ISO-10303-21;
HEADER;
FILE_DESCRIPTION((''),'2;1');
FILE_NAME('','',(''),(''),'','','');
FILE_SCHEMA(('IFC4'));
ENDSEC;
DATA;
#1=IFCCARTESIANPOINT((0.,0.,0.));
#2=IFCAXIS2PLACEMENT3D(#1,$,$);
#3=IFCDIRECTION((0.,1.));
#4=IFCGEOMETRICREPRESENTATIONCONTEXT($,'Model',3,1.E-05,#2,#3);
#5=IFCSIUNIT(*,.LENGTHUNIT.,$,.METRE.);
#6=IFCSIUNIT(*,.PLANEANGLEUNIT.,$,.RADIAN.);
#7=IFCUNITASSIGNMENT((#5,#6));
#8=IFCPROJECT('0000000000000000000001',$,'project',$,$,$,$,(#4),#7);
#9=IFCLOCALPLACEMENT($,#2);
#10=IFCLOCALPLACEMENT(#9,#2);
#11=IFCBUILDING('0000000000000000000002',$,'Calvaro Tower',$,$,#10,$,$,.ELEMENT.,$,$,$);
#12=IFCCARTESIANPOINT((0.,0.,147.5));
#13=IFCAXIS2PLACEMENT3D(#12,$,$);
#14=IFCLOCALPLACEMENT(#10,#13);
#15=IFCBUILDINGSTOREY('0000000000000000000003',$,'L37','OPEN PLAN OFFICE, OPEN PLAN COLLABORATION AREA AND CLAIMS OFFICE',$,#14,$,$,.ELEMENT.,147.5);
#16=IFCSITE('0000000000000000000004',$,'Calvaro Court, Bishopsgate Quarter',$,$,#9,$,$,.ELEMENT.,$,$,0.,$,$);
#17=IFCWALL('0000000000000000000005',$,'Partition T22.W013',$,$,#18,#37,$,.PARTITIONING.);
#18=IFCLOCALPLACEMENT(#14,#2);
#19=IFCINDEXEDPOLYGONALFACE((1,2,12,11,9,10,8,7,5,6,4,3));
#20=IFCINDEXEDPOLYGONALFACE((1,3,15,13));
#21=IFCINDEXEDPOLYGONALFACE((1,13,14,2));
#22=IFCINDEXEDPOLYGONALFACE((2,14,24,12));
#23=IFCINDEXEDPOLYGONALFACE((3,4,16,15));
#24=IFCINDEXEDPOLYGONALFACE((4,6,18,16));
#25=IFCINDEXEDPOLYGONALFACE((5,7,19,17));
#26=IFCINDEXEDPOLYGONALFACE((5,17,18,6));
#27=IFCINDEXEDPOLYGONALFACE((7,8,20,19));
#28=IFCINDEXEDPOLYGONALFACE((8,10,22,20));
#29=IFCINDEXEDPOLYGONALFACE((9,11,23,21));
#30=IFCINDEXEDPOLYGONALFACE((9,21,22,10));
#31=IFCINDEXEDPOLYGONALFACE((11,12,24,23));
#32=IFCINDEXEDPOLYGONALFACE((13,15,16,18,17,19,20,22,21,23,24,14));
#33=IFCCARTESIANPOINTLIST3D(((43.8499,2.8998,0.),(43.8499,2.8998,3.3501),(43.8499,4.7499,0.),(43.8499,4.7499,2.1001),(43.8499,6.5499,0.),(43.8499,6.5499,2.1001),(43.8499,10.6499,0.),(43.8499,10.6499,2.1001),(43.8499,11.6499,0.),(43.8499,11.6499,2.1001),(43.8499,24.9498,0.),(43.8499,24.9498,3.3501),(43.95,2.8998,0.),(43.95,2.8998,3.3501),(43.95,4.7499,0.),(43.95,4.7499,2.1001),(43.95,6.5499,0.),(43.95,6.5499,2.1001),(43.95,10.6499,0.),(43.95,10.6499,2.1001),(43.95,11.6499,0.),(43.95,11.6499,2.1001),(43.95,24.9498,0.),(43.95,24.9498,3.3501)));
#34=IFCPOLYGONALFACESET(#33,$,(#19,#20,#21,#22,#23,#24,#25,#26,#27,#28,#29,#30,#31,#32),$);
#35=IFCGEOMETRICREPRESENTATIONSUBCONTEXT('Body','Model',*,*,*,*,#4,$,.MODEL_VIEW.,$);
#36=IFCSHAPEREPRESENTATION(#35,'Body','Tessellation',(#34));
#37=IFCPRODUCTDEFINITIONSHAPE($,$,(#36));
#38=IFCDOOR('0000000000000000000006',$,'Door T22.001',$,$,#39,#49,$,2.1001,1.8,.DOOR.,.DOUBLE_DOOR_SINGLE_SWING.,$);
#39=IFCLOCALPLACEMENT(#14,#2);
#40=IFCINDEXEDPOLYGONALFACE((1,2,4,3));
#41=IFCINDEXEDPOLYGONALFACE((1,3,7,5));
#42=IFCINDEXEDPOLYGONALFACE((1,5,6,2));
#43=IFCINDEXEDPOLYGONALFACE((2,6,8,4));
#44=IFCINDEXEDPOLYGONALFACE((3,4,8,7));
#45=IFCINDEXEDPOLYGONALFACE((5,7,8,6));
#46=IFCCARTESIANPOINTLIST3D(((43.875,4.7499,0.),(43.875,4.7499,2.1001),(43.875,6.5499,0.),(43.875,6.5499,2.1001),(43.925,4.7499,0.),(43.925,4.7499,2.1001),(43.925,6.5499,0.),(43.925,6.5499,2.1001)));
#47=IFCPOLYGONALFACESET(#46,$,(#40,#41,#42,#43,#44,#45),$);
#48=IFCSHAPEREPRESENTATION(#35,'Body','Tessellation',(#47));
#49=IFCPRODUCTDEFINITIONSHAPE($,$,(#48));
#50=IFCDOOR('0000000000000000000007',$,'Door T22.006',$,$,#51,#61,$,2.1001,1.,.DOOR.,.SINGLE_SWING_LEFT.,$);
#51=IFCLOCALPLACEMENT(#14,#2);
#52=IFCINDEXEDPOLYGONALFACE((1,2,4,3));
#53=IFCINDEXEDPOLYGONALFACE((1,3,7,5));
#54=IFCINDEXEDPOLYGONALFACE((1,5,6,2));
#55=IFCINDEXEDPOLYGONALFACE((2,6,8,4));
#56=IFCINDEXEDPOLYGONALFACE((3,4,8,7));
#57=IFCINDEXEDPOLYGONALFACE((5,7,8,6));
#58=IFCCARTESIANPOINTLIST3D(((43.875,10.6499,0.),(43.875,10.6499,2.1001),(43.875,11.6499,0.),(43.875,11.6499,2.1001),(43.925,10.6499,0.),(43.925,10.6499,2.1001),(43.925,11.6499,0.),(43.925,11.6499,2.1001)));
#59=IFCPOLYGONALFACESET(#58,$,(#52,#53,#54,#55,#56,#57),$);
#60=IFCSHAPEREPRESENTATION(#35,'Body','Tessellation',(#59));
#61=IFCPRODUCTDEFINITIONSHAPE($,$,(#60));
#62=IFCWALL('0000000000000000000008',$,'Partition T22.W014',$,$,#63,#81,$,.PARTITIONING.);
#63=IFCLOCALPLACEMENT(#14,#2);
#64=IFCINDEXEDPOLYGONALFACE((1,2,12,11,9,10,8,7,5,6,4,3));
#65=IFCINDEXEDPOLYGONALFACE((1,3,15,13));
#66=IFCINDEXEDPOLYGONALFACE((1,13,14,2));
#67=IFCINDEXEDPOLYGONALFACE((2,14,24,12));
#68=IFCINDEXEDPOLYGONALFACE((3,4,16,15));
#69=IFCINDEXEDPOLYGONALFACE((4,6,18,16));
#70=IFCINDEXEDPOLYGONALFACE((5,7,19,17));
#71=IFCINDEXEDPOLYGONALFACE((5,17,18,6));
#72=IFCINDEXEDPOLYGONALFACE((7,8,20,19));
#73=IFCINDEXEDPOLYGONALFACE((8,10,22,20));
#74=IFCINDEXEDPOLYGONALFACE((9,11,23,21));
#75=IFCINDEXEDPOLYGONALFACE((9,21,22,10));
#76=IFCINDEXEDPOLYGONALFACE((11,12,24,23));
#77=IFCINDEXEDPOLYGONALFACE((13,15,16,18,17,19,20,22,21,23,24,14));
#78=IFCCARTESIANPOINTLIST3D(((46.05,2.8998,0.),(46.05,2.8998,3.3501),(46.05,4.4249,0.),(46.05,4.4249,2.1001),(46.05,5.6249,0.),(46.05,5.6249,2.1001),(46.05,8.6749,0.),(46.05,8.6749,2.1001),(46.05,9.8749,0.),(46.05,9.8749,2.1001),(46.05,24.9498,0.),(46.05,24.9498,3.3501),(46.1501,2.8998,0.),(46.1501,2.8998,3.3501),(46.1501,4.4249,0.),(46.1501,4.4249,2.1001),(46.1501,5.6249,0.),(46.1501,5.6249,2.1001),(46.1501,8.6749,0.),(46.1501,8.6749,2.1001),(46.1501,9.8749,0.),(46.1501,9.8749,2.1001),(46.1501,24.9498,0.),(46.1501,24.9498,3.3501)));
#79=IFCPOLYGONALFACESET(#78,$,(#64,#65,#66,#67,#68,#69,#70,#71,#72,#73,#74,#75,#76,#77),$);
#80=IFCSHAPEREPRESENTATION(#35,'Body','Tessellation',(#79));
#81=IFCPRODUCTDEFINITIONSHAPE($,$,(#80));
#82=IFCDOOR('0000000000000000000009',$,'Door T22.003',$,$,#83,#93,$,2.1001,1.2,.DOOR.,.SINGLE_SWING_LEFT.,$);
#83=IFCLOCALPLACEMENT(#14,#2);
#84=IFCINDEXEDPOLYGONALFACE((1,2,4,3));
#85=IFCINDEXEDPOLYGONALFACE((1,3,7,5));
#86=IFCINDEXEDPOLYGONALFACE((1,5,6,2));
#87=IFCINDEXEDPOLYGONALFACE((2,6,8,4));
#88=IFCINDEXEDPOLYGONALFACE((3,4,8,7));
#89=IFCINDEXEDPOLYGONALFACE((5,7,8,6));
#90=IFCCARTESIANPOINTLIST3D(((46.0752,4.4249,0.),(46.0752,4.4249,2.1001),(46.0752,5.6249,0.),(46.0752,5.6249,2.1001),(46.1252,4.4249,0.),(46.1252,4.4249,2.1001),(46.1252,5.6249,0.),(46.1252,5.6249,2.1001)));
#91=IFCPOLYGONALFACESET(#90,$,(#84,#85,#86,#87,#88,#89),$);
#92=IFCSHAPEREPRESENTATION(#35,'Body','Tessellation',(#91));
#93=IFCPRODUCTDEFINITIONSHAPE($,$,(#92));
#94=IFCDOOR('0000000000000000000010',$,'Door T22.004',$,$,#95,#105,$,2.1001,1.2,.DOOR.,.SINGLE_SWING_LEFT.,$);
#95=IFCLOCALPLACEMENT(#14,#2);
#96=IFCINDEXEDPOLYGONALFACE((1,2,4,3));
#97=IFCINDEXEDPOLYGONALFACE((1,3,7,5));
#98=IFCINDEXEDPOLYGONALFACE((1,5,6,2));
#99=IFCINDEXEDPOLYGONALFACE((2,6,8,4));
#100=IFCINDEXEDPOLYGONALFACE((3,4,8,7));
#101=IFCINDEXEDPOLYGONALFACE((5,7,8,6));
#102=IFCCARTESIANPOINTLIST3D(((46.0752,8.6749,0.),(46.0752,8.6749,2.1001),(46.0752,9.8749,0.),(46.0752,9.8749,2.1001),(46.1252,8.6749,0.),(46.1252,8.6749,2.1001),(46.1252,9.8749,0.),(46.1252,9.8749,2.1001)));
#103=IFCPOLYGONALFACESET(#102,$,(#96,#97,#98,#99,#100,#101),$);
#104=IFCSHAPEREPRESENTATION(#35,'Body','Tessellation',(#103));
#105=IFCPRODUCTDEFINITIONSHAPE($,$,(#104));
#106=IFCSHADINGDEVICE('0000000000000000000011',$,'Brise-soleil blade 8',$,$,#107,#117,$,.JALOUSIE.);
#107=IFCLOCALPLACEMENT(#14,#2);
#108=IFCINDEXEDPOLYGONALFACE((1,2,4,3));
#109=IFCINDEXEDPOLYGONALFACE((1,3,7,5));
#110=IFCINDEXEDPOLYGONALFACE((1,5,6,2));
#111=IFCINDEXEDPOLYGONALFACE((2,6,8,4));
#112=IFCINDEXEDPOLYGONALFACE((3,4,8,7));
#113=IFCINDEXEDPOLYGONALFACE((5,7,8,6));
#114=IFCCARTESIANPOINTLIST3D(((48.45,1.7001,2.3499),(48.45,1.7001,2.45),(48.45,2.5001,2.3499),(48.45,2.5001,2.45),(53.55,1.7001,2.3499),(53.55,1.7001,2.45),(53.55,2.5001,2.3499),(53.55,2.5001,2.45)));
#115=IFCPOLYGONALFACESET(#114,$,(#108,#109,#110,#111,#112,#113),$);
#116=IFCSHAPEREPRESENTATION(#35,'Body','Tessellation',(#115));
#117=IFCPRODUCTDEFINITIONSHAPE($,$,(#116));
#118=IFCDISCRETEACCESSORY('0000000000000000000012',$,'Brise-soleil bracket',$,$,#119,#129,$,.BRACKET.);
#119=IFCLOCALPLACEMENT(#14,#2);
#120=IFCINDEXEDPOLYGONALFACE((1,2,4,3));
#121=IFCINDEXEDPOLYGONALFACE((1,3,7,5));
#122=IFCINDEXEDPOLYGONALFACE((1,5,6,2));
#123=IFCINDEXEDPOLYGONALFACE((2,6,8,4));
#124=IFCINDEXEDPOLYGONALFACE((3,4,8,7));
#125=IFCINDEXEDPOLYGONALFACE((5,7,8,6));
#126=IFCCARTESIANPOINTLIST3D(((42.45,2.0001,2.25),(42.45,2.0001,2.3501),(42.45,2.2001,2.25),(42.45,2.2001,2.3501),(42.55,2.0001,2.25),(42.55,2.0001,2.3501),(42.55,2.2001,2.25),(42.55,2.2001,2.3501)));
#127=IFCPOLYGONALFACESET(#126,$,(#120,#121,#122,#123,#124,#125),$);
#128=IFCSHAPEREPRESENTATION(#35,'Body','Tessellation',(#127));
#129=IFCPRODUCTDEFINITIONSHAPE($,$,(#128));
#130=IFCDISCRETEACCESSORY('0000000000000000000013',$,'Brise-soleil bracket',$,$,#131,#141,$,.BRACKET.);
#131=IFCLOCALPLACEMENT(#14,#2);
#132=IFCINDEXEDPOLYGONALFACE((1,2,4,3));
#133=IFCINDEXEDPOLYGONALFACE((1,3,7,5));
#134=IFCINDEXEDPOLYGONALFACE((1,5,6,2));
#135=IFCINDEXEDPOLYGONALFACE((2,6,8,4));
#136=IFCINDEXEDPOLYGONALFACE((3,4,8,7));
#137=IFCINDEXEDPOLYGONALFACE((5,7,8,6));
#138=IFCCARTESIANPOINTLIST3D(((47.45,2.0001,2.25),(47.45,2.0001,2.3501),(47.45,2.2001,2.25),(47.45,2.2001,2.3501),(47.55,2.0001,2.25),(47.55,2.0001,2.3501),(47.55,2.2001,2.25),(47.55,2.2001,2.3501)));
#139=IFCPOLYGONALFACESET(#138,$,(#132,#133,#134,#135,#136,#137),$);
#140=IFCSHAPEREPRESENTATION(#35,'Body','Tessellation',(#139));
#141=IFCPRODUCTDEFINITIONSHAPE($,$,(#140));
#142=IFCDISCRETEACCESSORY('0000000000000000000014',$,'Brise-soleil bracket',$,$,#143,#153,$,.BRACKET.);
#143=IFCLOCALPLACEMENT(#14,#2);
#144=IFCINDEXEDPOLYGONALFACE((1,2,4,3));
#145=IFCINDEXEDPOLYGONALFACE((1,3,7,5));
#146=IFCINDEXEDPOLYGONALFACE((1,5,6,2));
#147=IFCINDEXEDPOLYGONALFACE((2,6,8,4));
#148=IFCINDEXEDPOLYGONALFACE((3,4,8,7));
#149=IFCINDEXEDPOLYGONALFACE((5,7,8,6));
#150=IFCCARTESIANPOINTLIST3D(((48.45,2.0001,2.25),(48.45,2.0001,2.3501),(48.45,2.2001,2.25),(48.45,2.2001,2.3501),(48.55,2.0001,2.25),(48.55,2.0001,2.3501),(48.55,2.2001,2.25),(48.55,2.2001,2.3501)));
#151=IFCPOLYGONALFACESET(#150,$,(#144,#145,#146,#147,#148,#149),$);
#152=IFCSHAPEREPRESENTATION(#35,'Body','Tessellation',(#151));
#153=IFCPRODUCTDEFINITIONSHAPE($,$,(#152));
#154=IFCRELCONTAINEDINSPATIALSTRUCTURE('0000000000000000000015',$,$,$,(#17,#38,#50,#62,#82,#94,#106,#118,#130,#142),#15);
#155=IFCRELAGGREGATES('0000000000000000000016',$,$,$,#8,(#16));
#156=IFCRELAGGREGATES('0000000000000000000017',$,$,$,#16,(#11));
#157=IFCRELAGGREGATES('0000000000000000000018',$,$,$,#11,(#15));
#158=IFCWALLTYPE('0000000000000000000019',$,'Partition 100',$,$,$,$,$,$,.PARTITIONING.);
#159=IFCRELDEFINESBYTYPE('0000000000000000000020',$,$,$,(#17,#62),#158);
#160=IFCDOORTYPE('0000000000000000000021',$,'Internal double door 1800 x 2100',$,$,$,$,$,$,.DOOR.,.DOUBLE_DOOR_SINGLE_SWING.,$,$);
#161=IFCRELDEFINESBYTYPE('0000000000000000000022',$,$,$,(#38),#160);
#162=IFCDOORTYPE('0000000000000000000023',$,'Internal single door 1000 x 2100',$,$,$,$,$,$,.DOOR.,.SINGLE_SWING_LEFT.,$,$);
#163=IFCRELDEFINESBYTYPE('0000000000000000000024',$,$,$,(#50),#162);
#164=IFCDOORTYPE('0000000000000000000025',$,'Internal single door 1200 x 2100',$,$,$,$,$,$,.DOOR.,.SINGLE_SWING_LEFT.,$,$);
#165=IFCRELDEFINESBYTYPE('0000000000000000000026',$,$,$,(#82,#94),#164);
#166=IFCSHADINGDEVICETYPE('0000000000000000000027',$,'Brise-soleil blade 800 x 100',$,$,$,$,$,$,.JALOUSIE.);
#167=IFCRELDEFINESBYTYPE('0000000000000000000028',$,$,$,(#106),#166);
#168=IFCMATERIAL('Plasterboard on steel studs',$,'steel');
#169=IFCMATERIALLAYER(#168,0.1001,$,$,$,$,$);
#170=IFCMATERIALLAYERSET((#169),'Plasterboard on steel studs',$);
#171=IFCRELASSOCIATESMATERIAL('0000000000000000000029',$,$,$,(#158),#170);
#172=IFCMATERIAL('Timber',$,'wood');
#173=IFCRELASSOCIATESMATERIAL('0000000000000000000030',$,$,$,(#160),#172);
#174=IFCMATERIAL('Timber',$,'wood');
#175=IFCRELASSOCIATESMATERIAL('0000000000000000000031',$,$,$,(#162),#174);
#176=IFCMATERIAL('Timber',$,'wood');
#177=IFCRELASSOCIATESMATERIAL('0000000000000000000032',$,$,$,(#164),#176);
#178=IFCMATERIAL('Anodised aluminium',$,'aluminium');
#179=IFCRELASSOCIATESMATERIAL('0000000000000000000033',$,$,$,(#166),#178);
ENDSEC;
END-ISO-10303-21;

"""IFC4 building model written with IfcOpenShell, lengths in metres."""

from ifc_helpers import new_model, si_unit, direction, frame, frame_2d, origin, origin_2d, place, context, subcontext, project, spatial, rectangle, extrude, material, layer, layer_set, material_profile, profile_set, type_object, element, fill, save


model = new_model("IFC4")

# Units and contexts
model_context = context("Model", 3, precision=1e-05, world=origin(), true_north=direction((0.0, 1.0)))
body_context = subcontext(model_context, "Body", "Model", "MODEL_VIEW")
ifc_project = project(units=[si_unit("LENGTHUNIT", "METRE"), si_unit("PLANEANGLEUNIT", "RADIAN")], contexts=[model_context])

# Site, building, storey
site_placement = place(None, origin())
site = spatial("IfcSite", under=ifc_project, at=site_placement, Name="Calvaro Court, Bishopsgate Quarter", CompositionType="ELEMENT", RefElevation=0.0)
building_placement = place(site_placement, origin())
building = spatial("IfcBuilding", under=site, at=building_placement, Name="Calvaro Tower", CompositionType="ELEMENT")
storey_placement = place(building_placement, frame((0.0, 0.0, 147.5)))
storey = spatial("IfcBuildingStorey", under=building, at=storey_placement, Name="L37", Description="OPEN PLAN OFFICE, OPEN PLAN COLLABORATION AREA AND CLAIMS OFFICE", CompositionType="ELEMENT", Elevation=147.5)

# Walls, openings, doors
ifc_material_1 = material(Name="Plasterboard on steel studs", Category="steel")
ifc_layer_1 = layer(ifc_material_1, 0.1001)
ifc_layer_set_1 = layer_set([ifc_layer_1], Name="Plasterboard on steel studs")
wall_type = type_object("IfcWallType", Name="Partition 100", PredefinedType="PARTITIONING", material=ifc_layer_set_1)
wall_1_placement = place(storey_placement, frame((43.8999, 2.8999, 0.0), z_axis=(0.0, 0.0, 1.0), x_axis=(0.0, 1.0, 0.0)))
wall_1 = element("IfcWall", 1, at=wall_1_placement, inside=storey, type_object=wall_type, Name="Partition T22.W013", PredefinedType="PARTITIONING", context=body_context, shape_type="SweptSolid", body=[
    extrude(rectangle(XDim=22.05, YDim=0.1001, at=frame_2d((11.0249, 0.0))), origin(), (0.0, 0.0, 1.0), 3.3501),
])
opening_1_placement = place(wall_1_placement, frame((1.8501, 0.0, 0.0)))
opening_1 = element("IfcOpeningElement", 2, at=opening_1_placement, cuts=wall_1, PredefinedType="OPENING", context=body_context, shape_type="SweptSolid", body=[
    extrude(rectangle(XDim=1.8, YDim=2.1001, at=frame_2d((0.8999, 1.05))), frame((0.0, 0.0601, 0.0), z_axis=(0.0, -1.0, 0.0), x_axis=(1.0, 0.0, 0.0)), (0.0, 0.0, 1.0), 0.1201),
])
opening_2_placement = place(wall_1_placement, frame((7.75, 0.0, 0.0)))
opening_2 = element("IfcOpeningElement", 3, at=opening_2_placement, cuts=wall_1, PredefinedType="OPENING", context=body_context, shape_type="SweptSolid", body=[
    extrude(rectangle(XDim=1.0, YDim=2.1001, at=frame_2d((0.5, 1.05))), frame((0.0, 0.0601, 0.0), z_axis=(0.0, -1.0, 0.0), x_axis=(1.0, 0.0, 0.0)), (0.0, 0.0, 1.0), 0.1201),
])
ifc_material_2 = material(Name="Timber", Category="wood")
door_type_1 = type_object("IfcDoorType", Name="Internal double door 1800 x 2100", OperationType="DOUBLE_DOOR_SINGLE_SWING", PredefinedType="DOOR", material=ifc_material_2)
door_1_placement = place(opening_1_placement, origin())
door_1 = element("IfcDoor", 4, at=door_1_placement, inside=storey, type_object=door_type_1, Name="Door T22.001", OperationType="DOUBLE_DOOR_SINGLE_SWING", OverallHeight=2.1001, OverallWidth=1.8, PredefinedType="DOOR", context=body_context, shape_type="SweptSolid", body=[
    extrude(rectangle(XDim=1.8, YDim=2.1001, at=frame_2d((0.8999, 1.05))), frame((0.0, 0.0249, 0.0), z_axis=(0.0, -1.0, 0.0), x_axis=(1.0, 0.0, 0.0)), (0.0, 0.0, 1.0), 0.05),
])
fill(opening_1, door_1)
ifc_material_3 = material(Name="Timber", Category="wood")
door_type_2 = type_object("IfcDoorType", Name="Internal single door 1000 x 2100", OperationType="SINGLE_SWING_LEFT", PredefinedType="DOOR", material=ifc_material_3)
door_2_placement = place(opening_2_placement, origin())
door_2 = element("IfcDoor", 5, at=door_2_placement, inside=storey, type_object=door_type_2, Name="Door T22.006", OperationType="SINGLE_SWING_LEFT", OverallHeight=2.1001, OverallWidth=1.0, PredefinedType="DOOR", context=body_context, shape_type="SweptSolid", body=[
    extrude(rectangle(XDim=1.0, YDim=2.1001, at=frame_2d((0.5, 1.05))), frame((0.0, 0.0249, 0.0), z_axis=(0.0, -1.0, 0.0), x_axis=(1.0, 0.0, 0.0)), (0.0, 0.0, 1.0), 0.05),
])
fill(opening_2, door_2)
wall_2_placement = place(storey_placement, frame((46.1001, 2.8999, 0.0), z_axis=(0.0, 0.0, 1.0), x_axis=(0.0, 1.0, 0.0)))
wall_2 = element("IfcWall", 6, at=wall_2_placement, inside=storey, type_object=wall_type, Name="Partition T22.W014", PredefinedType="PARTITIONING", context=body_context, shape_type="SweptSolid", body=[
    extrude(rectangle(XDim=22.05, YDim=0.1001, at=frame_2d((11.0249, 0.0))), origin(), (0.0, 0.0, 1.0), 3.3501),
])
opening_3_placement = place(wall_2_placement, frame((1.5249, 0.0, 0.0)))
opening_3 = element("IfcOpeningElement", 7, at=opening_3_placement, cuts=wall_2, PredefinedType="OPENING", context=body_context, shape_type="SweptSolid", body=[
    extrude(rectangle(XDim=1.2, YDim=2.1001, at=frame_2d((0.6001, 1.05))), frame((0.0, 0.0601, 0.0), z_axis=(0.0, -1.0, 0.0), x_axis=(1.0, 0.0, 0.0)), (0.0, 0.0, 1.0), 0.1201),
])
opening_4_placement = place(wall_2_placement, frame((5.7749, 0.0, 0.0)))
opening_4 = element("IfcOpeningElement", 8, at=opening_4_placement, cuts=wall_2, PredefinedType="OPENING", context=body_context, shape_type="SweptSolid", body=[
    extrude(rectangle(XDim=1.2, YDim=2.1001, at=frame_2d((0.6001, 1.05))), frame((0.0, 0.0601, 0.0), z_axis=(0.0, -1.0, 0.0), x_axis=(1.0, 0.0, 0.0)), (0.0, 0.0, 1.0), 0.1201),
])
ifc_material_4 = material(Name="Timber", Category="wood")
door_type_3 = type_object("IfcDoorType", Name="Internal single door 1200 x 2100", OperationType="SINGLE_SWING_LEFT", PredefinedType="DOOR", material=ifc_material_4)
door_3_placement = place(opening_3_placement, origin())
door_3 = element("IfcDoor", 9, at=door_3_placement, inside=storey, type_object=door_type_3, Name="Door T22.003", OperationType="SINGLE_SWING_LEFT", OverallHeight=2.1001, OverallWidth=1.2, PredefinedType="DOOR", context=body_context, shape_type="SweptSolid", body=[
    extrude(rectangle(XDim=1.2, YDim=2.1001, at=frame_2d((0.6001, 1.05))), frame((0.0, 0.0249, 0.0), z_axis=(0.0, -1.0, 0.0), x_axis=(1.0, 0.0, 0.0)), (0.0, 0.0, 1.0), 0.05),
])
fill(opening_3, door_3)
door_4_placement = place(opening_4_placement, origin())
door_4 = element("IfcDoor", 10, at=door_4_placement, inside=storey, type_object=door_type_3, Name="Door T22.004", OperationType="SINGLE_SWING_LEFT", OverallHeight=2.1001, OverallWidth=1.2, PredefinedType="DOOR", context=body_context, shape_type="SweptSolid", body=[
    extrude(rectangle(XDim=1.2, YDim=2.1001, at=frame_2d((0.6001, 1.05))), frame((0.0, 0.0249, 0.0), z_axis=(0.0, -1.0, 0.0), x_axis=(1.0, 0.0, 0.0)), (0.0, 0.0, 1.0), 0.05),
])
fill(opening_4, door_4)

# Shading device
ifc_material_5 = material(Name="Anodised aluminium", Category="aluminium")
ifc_material_profile_1 = material_profile(ifc_material_5, rectangle(XDim=0.8, YDim=0.1001, at=origin_2d()), Name="Brise-soleil blade 800 x 100")
ifc_profile_set_1 = profile_set([ifc_material_profile_1], Name="Anodised aluminium")
shading_device_type = type_object("IfcShadingDeviceType", Name="Brise-soleil blade 800 x 100", PredefinedType="JALOUSIE", material=ifc_profile_set_1)
shading_device_placement = place(storey_placement, frame((48.45, 2.1001, 2.3999), z_axis=(1.0, 0.0, 0.0), x_axis=(0.0, 1.0, 0.0)))
element("IfcShadingDevice", 11, at=shading_device_placement, inside=storey, type_object=shading_device_type, Name="Brise-soleil blade 8", PredefinedType="JALOUSIE", context=body_context, shape_type="SweptSolid", body=[
    extrude(rectangle(XDim=0.8, YDim=0.1001, at=origin_2d()), origin(), (0.0, 0.0, 1.0), 5.1001),
])

# Discrete accessories
for number, where, z_axis, x_axis, name in (
    (12, (42.5, 2.1001, 2.25), (0.0, 0.0, 1.0), (1.0, 0.0, 0.0), "Brise-soleil bracket"),
    (13, (47.5, 2.1001, 2.25), (0.0, 0.0, 1.0), (1.0, 0.0, 0.0), "Brise-soleil bracket"),
    (14, (48.5, 2.1001, 2.25), (0.0, 0.0, 1.0), (1.0, 0.0, 0.0), "Brise-soleil bracket"),
):
    element("IfcDiscreteAccessory", number, at=place(storey_placement, frame(where, z_axis=z_axis, x_axis=x_axis)), inside=storey, Name=name, PredefinedType="BRACKET", context=body_context, shape_type="SweptSolid", body=[
        extrude(rectangle(XDim=0.1001, YDim=0.2, at=origin_2d()), origin(), (0.0, 0.0, 1.0), 0.1001),
    ])

save(model, "model.ifc")
